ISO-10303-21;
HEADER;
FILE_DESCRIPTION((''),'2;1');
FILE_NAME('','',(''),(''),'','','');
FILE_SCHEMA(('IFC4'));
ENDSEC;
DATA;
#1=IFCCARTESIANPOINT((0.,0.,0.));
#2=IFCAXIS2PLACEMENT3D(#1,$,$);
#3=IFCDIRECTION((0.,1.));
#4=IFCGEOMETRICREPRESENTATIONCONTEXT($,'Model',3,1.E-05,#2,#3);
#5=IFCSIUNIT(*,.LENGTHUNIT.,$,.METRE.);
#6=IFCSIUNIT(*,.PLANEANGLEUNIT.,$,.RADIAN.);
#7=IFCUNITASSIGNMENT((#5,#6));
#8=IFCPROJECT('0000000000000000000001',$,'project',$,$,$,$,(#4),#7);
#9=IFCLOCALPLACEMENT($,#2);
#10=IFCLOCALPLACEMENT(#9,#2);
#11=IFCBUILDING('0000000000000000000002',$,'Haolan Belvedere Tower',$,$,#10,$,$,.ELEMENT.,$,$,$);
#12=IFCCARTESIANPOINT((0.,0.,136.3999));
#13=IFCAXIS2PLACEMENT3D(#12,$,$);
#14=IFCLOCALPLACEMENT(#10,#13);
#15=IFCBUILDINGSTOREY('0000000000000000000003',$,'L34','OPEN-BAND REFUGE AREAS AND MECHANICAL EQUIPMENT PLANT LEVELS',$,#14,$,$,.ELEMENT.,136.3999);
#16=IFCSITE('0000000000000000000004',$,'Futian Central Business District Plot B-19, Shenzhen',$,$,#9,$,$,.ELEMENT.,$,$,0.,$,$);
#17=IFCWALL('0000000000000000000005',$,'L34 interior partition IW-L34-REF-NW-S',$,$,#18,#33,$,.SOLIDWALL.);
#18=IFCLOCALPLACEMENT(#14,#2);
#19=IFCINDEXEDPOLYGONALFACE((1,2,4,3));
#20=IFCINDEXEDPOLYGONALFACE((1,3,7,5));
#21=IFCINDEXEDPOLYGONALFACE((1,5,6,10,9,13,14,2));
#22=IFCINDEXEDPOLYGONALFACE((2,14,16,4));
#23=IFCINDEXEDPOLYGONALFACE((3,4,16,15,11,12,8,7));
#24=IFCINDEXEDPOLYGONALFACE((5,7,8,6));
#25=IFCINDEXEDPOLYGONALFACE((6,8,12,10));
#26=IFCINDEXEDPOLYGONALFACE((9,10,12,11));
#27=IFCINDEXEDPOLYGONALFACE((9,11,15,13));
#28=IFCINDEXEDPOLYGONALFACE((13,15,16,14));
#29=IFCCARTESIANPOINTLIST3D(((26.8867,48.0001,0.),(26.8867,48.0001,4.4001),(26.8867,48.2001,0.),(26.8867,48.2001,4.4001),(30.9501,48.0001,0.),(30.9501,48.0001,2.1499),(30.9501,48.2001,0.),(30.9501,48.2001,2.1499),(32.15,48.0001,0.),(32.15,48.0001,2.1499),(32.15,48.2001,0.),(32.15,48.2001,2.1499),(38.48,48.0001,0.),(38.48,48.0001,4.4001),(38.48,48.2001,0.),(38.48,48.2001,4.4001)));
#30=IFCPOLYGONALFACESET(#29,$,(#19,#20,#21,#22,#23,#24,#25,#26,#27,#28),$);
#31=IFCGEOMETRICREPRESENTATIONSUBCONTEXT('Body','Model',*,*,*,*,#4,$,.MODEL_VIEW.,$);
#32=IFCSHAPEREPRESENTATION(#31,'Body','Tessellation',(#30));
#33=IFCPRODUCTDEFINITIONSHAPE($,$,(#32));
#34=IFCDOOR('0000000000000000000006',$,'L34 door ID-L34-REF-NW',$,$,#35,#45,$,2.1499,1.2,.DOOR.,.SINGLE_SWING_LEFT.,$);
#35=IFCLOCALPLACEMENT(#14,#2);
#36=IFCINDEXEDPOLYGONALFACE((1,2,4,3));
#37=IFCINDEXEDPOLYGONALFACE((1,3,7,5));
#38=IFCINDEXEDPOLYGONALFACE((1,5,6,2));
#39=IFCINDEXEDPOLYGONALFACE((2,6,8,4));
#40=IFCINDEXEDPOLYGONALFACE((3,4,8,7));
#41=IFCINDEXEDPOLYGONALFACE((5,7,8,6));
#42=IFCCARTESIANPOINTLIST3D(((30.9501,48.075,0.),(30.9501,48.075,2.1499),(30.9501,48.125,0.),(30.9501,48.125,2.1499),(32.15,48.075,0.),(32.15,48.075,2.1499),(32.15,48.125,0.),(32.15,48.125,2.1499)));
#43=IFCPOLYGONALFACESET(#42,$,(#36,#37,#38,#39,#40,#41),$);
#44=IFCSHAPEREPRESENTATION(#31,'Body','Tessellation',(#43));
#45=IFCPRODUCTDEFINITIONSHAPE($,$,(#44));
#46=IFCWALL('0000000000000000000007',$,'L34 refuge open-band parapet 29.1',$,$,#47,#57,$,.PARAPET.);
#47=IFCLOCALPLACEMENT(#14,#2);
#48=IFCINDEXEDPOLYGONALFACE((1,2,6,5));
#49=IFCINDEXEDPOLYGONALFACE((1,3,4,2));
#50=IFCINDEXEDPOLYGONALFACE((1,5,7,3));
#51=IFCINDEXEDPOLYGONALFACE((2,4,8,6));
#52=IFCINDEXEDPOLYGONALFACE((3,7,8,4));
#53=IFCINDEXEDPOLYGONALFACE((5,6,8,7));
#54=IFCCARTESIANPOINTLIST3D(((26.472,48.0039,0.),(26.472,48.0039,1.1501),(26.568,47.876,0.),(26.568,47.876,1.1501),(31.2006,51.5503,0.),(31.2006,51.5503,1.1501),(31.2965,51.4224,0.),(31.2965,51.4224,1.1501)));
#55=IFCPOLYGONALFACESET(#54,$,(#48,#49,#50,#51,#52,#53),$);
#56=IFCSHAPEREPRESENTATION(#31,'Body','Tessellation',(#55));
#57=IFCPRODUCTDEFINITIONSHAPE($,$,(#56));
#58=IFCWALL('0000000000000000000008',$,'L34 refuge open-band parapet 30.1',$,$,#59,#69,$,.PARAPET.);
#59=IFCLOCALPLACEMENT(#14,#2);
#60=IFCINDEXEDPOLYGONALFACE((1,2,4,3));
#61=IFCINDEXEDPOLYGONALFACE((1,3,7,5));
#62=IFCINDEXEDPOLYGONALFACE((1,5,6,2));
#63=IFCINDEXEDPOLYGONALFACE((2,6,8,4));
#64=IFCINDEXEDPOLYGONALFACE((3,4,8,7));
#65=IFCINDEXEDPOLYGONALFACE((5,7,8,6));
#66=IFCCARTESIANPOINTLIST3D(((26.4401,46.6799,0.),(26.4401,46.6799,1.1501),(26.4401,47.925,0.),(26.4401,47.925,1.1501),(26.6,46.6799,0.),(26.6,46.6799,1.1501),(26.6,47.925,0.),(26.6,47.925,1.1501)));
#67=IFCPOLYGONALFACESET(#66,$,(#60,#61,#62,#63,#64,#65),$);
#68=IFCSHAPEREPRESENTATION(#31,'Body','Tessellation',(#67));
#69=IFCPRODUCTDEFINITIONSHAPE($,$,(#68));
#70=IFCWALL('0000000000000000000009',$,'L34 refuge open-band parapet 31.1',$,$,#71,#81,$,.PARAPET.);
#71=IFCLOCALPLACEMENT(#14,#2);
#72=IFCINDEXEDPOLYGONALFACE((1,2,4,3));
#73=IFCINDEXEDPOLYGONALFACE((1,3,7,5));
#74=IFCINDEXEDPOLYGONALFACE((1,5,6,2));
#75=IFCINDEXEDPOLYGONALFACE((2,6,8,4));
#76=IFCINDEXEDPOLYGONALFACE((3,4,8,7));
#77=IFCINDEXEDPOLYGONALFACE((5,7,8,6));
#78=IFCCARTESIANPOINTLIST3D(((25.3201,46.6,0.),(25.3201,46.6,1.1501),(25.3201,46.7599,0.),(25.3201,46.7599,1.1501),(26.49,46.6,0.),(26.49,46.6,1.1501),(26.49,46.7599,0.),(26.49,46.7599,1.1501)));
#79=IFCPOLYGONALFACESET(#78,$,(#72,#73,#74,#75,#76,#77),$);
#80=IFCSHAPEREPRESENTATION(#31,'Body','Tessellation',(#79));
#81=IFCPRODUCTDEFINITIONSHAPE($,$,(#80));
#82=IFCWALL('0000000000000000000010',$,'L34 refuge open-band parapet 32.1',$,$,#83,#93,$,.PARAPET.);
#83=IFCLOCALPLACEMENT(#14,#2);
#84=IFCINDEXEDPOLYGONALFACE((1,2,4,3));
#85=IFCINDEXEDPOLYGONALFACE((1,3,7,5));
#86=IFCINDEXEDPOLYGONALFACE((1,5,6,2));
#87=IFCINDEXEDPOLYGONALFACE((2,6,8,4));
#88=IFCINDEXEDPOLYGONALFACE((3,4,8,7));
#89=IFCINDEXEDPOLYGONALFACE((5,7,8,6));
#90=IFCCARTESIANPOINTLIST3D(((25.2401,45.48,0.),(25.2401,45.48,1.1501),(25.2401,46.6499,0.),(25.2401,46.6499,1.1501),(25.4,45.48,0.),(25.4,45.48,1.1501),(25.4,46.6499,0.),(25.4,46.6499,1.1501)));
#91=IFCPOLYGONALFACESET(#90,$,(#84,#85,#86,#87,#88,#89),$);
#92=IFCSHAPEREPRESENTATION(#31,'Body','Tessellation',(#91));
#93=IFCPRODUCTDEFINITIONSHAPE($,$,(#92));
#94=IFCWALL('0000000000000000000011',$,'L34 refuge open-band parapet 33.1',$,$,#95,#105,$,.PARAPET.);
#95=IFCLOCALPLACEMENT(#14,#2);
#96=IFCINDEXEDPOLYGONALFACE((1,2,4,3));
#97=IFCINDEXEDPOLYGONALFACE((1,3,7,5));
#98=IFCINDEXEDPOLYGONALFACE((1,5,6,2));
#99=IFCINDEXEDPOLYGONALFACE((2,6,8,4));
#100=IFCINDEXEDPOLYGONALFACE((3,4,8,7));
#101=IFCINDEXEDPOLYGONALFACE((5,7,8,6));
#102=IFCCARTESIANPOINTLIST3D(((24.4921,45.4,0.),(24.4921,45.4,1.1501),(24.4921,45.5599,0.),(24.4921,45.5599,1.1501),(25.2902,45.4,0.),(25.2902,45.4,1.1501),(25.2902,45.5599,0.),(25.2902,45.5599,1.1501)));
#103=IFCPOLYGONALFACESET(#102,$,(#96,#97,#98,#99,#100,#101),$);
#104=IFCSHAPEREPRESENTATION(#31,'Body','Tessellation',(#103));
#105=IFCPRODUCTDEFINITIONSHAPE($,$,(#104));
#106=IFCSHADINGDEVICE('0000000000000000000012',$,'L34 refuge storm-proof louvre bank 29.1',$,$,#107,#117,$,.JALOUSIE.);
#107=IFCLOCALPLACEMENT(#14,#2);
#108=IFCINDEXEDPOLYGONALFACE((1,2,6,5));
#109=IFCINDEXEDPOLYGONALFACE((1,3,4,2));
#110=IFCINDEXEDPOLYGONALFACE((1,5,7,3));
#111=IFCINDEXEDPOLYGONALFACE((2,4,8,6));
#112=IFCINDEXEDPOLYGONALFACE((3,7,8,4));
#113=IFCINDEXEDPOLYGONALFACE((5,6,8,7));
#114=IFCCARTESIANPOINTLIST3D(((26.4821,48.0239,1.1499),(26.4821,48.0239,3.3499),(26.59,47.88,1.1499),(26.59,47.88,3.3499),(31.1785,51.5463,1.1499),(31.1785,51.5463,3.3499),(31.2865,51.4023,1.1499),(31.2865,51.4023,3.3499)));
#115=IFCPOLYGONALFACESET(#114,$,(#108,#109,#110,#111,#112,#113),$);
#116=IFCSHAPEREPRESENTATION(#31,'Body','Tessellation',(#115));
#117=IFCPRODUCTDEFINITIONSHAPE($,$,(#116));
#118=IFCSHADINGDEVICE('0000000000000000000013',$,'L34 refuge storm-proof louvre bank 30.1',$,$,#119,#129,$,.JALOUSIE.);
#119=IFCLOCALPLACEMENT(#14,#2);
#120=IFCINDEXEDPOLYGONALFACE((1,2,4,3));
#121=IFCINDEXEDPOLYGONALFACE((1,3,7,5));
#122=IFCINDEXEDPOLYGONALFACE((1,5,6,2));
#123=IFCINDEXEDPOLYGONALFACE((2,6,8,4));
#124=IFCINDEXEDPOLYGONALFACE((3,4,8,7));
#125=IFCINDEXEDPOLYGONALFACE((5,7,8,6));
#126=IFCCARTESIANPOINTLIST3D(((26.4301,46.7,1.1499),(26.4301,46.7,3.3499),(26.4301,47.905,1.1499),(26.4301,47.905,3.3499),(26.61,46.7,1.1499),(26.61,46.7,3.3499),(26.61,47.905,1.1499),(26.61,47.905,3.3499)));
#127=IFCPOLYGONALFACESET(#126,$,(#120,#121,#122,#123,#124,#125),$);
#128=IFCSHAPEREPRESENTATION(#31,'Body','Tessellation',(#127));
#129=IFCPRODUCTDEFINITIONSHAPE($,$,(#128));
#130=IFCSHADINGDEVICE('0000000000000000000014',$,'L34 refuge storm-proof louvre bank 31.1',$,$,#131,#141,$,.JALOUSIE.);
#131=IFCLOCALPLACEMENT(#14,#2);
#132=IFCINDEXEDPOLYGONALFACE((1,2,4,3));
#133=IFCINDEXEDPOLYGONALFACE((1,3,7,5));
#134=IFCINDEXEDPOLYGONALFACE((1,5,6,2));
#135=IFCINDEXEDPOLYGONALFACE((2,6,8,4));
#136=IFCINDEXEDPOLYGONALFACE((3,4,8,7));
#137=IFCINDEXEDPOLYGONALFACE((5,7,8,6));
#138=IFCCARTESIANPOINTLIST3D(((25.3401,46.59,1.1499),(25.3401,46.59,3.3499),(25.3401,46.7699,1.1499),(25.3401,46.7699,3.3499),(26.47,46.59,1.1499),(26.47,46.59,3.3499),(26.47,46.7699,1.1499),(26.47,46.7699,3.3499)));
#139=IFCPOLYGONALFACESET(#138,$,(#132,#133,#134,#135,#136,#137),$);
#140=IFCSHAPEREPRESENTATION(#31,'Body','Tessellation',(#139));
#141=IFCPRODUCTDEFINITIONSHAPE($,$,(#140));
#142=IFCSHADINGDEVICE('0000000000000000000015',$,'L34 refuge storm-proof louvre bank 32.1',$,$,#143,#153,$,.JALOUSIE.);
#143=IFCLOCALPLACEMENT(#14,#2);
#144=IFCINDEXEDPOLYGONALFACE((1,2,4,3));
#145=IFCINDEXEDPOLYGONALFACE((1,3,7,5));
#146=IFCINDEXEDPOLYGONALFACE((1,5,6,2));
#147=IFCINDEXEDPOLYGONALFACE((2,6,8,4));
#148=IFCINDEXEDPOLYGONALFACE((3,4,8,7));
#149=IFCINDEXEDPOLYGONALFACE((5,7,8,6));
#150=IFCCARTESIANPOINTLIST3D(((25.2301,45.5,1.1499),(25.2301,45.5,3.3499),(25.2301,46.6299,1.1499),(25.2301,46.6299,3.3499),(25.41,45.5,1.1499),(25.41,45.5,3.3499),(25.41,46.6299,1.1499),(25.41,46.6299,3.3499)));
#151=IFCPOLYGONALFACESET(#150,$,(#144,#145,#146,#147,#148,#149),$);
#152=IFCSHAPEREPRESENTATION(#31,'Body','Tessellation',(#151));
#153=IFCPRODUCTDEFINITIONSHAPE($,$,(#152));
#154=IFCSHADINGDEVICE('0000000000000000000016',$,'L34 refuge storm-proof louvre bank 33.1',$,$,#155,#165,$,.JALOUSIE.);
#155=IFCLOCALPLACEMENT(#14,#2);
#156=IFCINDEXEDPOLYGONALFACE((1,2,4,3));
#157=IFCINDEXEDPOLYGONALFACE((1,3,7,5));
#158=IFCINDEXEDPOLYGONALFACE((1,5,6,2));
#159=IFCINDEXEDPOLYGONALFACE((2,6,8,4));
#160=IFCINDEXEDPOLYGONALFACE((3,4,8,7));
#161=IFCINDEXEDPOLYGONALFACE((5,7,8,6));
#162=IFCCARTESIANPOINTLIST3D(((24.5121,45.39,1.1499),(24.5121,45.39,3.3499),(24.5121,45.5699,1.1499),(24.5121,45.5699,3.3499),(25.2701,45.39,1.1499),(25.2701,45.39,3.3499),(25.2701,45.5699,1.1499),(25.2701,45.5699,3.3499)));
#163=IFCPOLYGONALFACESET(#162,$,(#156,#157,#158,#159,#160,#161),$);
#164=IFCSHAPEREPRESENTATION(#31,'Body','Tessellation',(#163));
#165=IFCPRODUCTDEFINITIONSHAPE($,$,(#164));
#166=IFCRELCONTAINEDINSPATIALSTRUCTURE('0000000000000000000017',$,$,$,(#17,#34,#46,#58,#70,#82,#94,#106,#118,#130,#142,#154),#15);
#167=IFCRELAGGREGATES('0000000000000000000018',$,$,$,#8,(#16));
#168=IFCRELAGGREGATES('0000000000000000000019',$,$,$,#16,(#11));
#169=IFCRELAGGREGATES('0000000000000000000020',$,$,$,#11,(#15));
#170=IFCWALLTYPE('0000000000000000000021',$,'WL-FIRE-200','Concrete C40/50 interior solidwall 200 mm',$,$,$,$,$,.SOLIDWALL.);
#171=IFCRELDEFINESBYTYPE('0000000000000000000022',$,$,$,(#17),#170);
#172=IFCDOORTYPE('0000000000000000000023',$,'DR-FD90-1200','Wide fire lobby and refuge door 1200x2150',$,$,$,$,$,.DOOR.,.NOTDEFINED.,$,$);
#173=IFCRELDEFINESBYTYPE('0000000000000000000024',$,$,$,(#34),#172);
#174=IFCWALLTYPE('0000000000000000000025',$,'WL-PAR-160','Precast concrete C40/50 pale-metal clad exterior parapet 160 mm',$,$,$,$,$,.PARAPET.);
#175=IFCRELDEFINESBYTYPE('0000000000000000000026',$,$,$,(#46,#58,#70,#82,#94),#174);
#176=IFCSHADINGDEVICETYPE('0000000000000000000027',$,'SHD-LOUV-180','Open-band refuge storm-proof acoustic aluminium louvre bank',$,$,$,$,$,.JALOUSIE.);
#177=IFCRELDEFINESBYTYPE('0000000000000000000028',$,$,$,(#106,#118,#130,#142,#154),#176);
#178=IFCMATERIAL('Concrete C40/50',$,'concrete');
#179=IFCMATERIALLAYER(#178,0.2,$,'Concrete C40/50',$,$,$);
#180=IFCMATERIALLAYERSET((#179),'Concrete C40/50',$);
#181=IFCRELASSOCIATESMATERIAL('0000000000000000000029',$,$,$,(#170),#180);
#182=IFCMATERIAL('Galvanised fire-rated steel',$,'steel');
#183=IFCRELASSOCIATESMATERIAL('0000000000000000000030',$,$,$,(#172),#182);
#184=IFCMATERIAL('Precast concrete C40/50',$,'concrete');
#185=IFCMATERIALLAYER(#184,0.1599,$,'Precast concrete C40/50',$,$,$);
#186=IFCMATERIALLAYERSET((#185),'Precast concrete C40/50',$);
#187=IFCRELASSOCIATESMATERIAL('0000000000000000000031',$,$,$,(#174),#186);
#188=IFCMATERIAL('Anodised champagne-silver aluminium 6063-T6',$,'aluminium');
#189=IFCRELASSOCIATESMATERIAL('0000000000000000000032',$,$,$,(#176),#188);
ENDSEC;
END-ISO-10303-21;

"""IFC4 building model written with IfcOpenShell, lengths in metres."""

from ifc_helpers import new_model, si_unit, direction, frame, frame_2d, origin, origin_2d, place, context, subcontext, project, spatial, rectangle, extrude, material, layer, layer_set, type_object, element, fill, save


model = new_model("IFC4")

# Units and contexts
model_context = context("Model", 3, precision=1e-05, world=origin(), true_north=direction((0.0, 1.0)))
body_context = subcontext(model_context, "Body", "Model", "MODEL_VIEW")
ifc_project = project(units=[si_unit("LENGTHUNIT", "METRE"), si_unit("PLANEANGLEUNIT", "RADIAN")], contexts=[model_context])

# Site, building, storey
site_placement = place(None, origin())
site = spatial("IfcSite", under=ifc_project, at=site_placement, Name="Futian Central Business District Plot B-19, Shenzhen", CompositionType="ELEMENT", RefElevation=0.0)
building_placement = place(site_placement, origin())
building = spatial("IfcBuilding", under=site, at=building_placement, Name="Haolan Belvedere Tower", CompositionType="ELEMENT")
storey_placement = place(building_placement, frame((0.0, 0.0, 136.3999)))
storey = spatial("IfcBuildingStorey", under=building, at=storey_placement, Name="L34", Description="OPEN-BAND REFUGE AREAS AND MECHANICAL EQUIPMENT PLANT LEVELS", CompositionType="ELEMENT", Elevation=136.3999)

# Shared definitions
ifc_material_1 = material(Name="Galvanised fire-rated steel", Category="steel")

# Shared definitions
ifc_material_2 = material(Name="Concrete C40/50", Category="concrete")
ifc_layer_1 = layer(ifc_material_2, 0.2, Name="Concrete C40/50")
ifc_layer_set_1 = layer_set([ifc_layer_1], Name="Concrete C40/50")
wall_type_1 = type_object("IfcWallType", Name="WL-FIRE-200", Description="Concrete C40/50 interior solidwall 200 mm", PredefinedType="SOLIDWALL", material=ifc_layer_set_1)

# Wall, opening, door
wall_1_placement = place(storey_placement, frame((26.8867, 48.1001, 0.0), z_axis=(0.0, 0.0, 1.0), x_axis=(1.0, 0.0, 0.0)))
wall_1 = element("IfcWall", 1, at=wall_1_placement, inside=storey, type_object=wall_type_1, Name="L34 interior partition IW-L34-REF-NW-S", PredefinedType="SOLIDWALL", context=body_context, shape_type="SweptSolid", body=[
    extrude(rectangle(XDim=11.5933, YDim=0.2, at=frame_2d((5.7966, 0.0))), origin(), (0.0, 0.0, 1.0), 4.4001),
])
opening_1_placement = place(wall_1_placement, frame((4.0632, 0.0, 0.0)))
opening_1 = element("IfcOpeningElement", 2, at=opening_1_placement, cuts=wall_1, PredefinedType="OPENING", context=body_context, shape_type="SweptSolid", body=[
    extrude(rectangle(XDim=1.2, YDim=2.1499, at=frame_2d((0.6001, 1.075))), frame((0.0, 0.1099, 0.0), z_axis=(0.0, -1.0, 0.0), x_axis=(1.0, 0.0, 0.0)), (0.0, 0.0, 1.0), 0.22),
])
door_type_1 = type_object("IfcDoorType", Name="DR-FD90-1200", Description="Wide fire lobby and refuge door 1200x2150", OperationType="NOTDEFINED", PredefinedType="DOOR", material=ifc_material_1)
door_1_placement = place(opening_1_placement, origin())
door_1 = element("IfcDoor", 3, at=door_1_placement, inside=storey, type_object=door_type_1, Name="L34 door ID-L34-REF-NW", OperationType="SINGLE_SWING_LEFT", OverallHeight=2.1499, OverallWidth=1.2, PredefinedType="DOOR", context=body_context, shape_type="SweptSolid", body=[
    extrude(rectangle(XDim=1.2, YDim=2.1499, at=frame_2d((0.6001, 1.075))), frame((0.0, 0.0249, 0.0), z_axis=(0.0, -1.0, 0.0), x_axis=(1.0, 0.0, 0.0)), (0.0, 0.0, 1.0), 0.05),
])
fill(opening_1, door_1)

# Walls
ifc_material_3 = material(Name="Precast concrete C40/50", Category="concrete")
ifc_layer_2 = layer(ifc_material_3, 0.1599, Name="Precast concrete C40/50")
ifc_layer_set_2 = layer_set([ifc_layer_2], Name="Precast concrete C40/50")
wall_type_2 = type_object("IfcWallType", Name="WL-PAR-160", Description="Precast concrete C40/50 pale-metal clad exterior parapet 160 mm", PredefinedType="PARAPET", material=ifc_layer_set_2)
wall_2_placement = place(storey_placement, frame((31.2485, 51.4863, 0.0), z_axis=(0.0, 0.0, 1.0), x_axis=(-0.8, -0.6, 0.0)))
element("IfcWall", 4, at=wall_2_placement, inside=storey, type_object=wall_type_2, Name="L34 refuge open-band parapet 29.1", PredefinedType="PARAPET", context=body_context, shape_type="SweptSolid", body=[
    extrude(rectangle(XDim=5.9106, YDim=0.1599, at=frame_2d((2.9553, 0.0))), origin(), (0.0, 0.0, 1.0), 1.1501),
])
wall_3_placement = place(storey_placement, frame((26.52, 47.925, 0.0), z_axis=(0.0, 0.0, 1.0), x_axis=(0.0, -1.0, 0.0)))
element("IfcWall", 5, at=wall_3_placement, inside=storey, type_object=wall_type_2, Name="L34 refuge open-band parapet 30.1", PredefinedType="PARAPET", context=body_context, shape_type="SweptSolid", body=[
    extrude(rectangle(XDim=1.2451, YDim=0.1599, at=frame_2d((0.6226, 0.0))), origin(), (0.0, 0.0, 1.0), 1.1501),
])
for number, where, z_axis, x_axis, name in (
    (6, (26.49, 46.6799, 0.0), (0.0, 0.0, 1.0), (-1.0, 0.0, 0.0), "L34 refuge open-band parapet 31.1"),
    (7, (25.3201, 46.6499, 0.0), (0.0, 0.0, 1.0), (0.0, -1.0, 0.0), "L34 refuge open-band parapet 32.1"),
):
    element("IfcWall", number, at=place(storey_placement, frame(where, z_axis=z_axis, x_axis=x_axis)), inside=storey, type_object=wall_type_2, Name=name, PredefinedType="PARAPET", context=body_context, shape_type="SweptSolid", body=[
        extrude(rectangle(XDim=1.1699, YDim=0.1599, at=frame_2d((0.585, 0.0))), origin(), (0.0, 0.0, 1.0), 1.1501),
    ])
wall_4_placement = place(storey_placement, frame((25.29, 45.48, 0.0), z_axis=(0.0, 0.0, 1.0), x_axis=(-1.0, 0.0, 0.0)))
element("IfcWall", 8, at=wall_4_placement, inside=storey, type_object=wall_type_2, Name="L34 refuge open-band parapet 33.1", PredefinedType="PARAPET", context=body_context, shape_type="SweptSolid", body=[
    extrude(rectangle(XDim=0.7981, YDim=0.1599, at=frame_2d((0.3989, 0.0))), origin(), (0.0, 0.0, 1.0), 1.1501),
])

# Shading devices
ifc_material_4 = material(Name="Anodised champagne-silver aluminium 6063-T6", Category="aluminium")
shading_device_type = type_object("IfcShadingDeviceType", Name="SHD-LOUV-180", Description="Open-band refuge storm-proof acoustic aluminium louvre bank", PredefinedType="JALOUSIE", material=ifc_material_4)
shading_device_1_placement = place(storey_placement, frame((28.8843, 49.7131, 1.1499), z_axis=(0.0, 0.0, 1.0), x_axis=(-0.799999, -0.600001, 0.0)))
element("IfcShadingDevice", 9, at=shading_device_1_placement, inside=storey, type_object=shading_device_type, Name="L34 refuge storm-proof louvre bank 29.1", PredefinedType="JALOUSIE", context=body_context, shape_type="SweptSolid", body=[
    extrude(rectangle(XDim=5.8706, YDim=0.1799, at=origin_2d()), origin(), (0.0, 0.0, 1.0), 2.2),
])
shading_device_2_placement = place(storey_placement, frame((26.52, 47.3025, 1.1499), z_axis=(0.0, 0.0, 1.0), x_axis=(0.0, -1.0, 0.0)))
element("IfcShadingDevice", 10, at=shading_device_2_placement, inside=storey, type_object=shading_device_type, Name="L34 refuge storm-proof louvre bank 30.1", PredefinedType="JALOUSIE", context=body_context, shape_type="SweptSolid", body=[
    extrude(rectangle(XDim=1.2051, YDim=0.1799, at=origin_2d()), origin(), (0.0, 0.0, 1.0), 2.2),
])
for number, where, z_axis, x_axis, name in (
    (11, (25.905, 46.6799, 1.1499), (0.0, 0.0, 1.0), (-1.0, 0.0, 0.0), "L34 refuge storm-proof louvre bank 31.1"),
    (12, (25.3201, 46.0649, 1.1499), (0.0, 0.0, 1.0), (0.0, -1.0, 0.0), "L34 refuge storm-proof louvre bank 32.1"),
):
    element("IfcShadingDevice", number, at=place(storey_placement, frame(where, z_axis=z_axis, x_axis=x_axis)), inside=storey, type_object=shading_device_type, Name=name, PredefinedType="JALOUSIE", context=body_context, shape_type="SweptSolid", body=[
        extrude(rectangle(XDim=1.1299, YDim=0.1799, at=origin_2d()), origin(), (0.0, 0.0, 1.0), 2.2),
    ])
shading_device_3_placement = place(storey_placement, frame((24.8911, 45.48, 1.1499), z_axis=(0.0, 0.0, 1.0), x_axis=(-1.0, 0.0, 0.0)))
element("IfcShadingDevice", 13, at=shading_device_3_placement, inside=storey, type_object=shading_device_type, Name="L34 refuge storm-proof louvre bank 33.1", PredefinedType="JALOUSIE", context=body_context, shape_type="SweptSolid", body=[
    extrude(rectangle(XDim=0.7581, YDim=0.1799, at=origin_2d()), origin(), (0.0, 0.0, 1.0), 2.2),
])

save(model, "model.ifc")
